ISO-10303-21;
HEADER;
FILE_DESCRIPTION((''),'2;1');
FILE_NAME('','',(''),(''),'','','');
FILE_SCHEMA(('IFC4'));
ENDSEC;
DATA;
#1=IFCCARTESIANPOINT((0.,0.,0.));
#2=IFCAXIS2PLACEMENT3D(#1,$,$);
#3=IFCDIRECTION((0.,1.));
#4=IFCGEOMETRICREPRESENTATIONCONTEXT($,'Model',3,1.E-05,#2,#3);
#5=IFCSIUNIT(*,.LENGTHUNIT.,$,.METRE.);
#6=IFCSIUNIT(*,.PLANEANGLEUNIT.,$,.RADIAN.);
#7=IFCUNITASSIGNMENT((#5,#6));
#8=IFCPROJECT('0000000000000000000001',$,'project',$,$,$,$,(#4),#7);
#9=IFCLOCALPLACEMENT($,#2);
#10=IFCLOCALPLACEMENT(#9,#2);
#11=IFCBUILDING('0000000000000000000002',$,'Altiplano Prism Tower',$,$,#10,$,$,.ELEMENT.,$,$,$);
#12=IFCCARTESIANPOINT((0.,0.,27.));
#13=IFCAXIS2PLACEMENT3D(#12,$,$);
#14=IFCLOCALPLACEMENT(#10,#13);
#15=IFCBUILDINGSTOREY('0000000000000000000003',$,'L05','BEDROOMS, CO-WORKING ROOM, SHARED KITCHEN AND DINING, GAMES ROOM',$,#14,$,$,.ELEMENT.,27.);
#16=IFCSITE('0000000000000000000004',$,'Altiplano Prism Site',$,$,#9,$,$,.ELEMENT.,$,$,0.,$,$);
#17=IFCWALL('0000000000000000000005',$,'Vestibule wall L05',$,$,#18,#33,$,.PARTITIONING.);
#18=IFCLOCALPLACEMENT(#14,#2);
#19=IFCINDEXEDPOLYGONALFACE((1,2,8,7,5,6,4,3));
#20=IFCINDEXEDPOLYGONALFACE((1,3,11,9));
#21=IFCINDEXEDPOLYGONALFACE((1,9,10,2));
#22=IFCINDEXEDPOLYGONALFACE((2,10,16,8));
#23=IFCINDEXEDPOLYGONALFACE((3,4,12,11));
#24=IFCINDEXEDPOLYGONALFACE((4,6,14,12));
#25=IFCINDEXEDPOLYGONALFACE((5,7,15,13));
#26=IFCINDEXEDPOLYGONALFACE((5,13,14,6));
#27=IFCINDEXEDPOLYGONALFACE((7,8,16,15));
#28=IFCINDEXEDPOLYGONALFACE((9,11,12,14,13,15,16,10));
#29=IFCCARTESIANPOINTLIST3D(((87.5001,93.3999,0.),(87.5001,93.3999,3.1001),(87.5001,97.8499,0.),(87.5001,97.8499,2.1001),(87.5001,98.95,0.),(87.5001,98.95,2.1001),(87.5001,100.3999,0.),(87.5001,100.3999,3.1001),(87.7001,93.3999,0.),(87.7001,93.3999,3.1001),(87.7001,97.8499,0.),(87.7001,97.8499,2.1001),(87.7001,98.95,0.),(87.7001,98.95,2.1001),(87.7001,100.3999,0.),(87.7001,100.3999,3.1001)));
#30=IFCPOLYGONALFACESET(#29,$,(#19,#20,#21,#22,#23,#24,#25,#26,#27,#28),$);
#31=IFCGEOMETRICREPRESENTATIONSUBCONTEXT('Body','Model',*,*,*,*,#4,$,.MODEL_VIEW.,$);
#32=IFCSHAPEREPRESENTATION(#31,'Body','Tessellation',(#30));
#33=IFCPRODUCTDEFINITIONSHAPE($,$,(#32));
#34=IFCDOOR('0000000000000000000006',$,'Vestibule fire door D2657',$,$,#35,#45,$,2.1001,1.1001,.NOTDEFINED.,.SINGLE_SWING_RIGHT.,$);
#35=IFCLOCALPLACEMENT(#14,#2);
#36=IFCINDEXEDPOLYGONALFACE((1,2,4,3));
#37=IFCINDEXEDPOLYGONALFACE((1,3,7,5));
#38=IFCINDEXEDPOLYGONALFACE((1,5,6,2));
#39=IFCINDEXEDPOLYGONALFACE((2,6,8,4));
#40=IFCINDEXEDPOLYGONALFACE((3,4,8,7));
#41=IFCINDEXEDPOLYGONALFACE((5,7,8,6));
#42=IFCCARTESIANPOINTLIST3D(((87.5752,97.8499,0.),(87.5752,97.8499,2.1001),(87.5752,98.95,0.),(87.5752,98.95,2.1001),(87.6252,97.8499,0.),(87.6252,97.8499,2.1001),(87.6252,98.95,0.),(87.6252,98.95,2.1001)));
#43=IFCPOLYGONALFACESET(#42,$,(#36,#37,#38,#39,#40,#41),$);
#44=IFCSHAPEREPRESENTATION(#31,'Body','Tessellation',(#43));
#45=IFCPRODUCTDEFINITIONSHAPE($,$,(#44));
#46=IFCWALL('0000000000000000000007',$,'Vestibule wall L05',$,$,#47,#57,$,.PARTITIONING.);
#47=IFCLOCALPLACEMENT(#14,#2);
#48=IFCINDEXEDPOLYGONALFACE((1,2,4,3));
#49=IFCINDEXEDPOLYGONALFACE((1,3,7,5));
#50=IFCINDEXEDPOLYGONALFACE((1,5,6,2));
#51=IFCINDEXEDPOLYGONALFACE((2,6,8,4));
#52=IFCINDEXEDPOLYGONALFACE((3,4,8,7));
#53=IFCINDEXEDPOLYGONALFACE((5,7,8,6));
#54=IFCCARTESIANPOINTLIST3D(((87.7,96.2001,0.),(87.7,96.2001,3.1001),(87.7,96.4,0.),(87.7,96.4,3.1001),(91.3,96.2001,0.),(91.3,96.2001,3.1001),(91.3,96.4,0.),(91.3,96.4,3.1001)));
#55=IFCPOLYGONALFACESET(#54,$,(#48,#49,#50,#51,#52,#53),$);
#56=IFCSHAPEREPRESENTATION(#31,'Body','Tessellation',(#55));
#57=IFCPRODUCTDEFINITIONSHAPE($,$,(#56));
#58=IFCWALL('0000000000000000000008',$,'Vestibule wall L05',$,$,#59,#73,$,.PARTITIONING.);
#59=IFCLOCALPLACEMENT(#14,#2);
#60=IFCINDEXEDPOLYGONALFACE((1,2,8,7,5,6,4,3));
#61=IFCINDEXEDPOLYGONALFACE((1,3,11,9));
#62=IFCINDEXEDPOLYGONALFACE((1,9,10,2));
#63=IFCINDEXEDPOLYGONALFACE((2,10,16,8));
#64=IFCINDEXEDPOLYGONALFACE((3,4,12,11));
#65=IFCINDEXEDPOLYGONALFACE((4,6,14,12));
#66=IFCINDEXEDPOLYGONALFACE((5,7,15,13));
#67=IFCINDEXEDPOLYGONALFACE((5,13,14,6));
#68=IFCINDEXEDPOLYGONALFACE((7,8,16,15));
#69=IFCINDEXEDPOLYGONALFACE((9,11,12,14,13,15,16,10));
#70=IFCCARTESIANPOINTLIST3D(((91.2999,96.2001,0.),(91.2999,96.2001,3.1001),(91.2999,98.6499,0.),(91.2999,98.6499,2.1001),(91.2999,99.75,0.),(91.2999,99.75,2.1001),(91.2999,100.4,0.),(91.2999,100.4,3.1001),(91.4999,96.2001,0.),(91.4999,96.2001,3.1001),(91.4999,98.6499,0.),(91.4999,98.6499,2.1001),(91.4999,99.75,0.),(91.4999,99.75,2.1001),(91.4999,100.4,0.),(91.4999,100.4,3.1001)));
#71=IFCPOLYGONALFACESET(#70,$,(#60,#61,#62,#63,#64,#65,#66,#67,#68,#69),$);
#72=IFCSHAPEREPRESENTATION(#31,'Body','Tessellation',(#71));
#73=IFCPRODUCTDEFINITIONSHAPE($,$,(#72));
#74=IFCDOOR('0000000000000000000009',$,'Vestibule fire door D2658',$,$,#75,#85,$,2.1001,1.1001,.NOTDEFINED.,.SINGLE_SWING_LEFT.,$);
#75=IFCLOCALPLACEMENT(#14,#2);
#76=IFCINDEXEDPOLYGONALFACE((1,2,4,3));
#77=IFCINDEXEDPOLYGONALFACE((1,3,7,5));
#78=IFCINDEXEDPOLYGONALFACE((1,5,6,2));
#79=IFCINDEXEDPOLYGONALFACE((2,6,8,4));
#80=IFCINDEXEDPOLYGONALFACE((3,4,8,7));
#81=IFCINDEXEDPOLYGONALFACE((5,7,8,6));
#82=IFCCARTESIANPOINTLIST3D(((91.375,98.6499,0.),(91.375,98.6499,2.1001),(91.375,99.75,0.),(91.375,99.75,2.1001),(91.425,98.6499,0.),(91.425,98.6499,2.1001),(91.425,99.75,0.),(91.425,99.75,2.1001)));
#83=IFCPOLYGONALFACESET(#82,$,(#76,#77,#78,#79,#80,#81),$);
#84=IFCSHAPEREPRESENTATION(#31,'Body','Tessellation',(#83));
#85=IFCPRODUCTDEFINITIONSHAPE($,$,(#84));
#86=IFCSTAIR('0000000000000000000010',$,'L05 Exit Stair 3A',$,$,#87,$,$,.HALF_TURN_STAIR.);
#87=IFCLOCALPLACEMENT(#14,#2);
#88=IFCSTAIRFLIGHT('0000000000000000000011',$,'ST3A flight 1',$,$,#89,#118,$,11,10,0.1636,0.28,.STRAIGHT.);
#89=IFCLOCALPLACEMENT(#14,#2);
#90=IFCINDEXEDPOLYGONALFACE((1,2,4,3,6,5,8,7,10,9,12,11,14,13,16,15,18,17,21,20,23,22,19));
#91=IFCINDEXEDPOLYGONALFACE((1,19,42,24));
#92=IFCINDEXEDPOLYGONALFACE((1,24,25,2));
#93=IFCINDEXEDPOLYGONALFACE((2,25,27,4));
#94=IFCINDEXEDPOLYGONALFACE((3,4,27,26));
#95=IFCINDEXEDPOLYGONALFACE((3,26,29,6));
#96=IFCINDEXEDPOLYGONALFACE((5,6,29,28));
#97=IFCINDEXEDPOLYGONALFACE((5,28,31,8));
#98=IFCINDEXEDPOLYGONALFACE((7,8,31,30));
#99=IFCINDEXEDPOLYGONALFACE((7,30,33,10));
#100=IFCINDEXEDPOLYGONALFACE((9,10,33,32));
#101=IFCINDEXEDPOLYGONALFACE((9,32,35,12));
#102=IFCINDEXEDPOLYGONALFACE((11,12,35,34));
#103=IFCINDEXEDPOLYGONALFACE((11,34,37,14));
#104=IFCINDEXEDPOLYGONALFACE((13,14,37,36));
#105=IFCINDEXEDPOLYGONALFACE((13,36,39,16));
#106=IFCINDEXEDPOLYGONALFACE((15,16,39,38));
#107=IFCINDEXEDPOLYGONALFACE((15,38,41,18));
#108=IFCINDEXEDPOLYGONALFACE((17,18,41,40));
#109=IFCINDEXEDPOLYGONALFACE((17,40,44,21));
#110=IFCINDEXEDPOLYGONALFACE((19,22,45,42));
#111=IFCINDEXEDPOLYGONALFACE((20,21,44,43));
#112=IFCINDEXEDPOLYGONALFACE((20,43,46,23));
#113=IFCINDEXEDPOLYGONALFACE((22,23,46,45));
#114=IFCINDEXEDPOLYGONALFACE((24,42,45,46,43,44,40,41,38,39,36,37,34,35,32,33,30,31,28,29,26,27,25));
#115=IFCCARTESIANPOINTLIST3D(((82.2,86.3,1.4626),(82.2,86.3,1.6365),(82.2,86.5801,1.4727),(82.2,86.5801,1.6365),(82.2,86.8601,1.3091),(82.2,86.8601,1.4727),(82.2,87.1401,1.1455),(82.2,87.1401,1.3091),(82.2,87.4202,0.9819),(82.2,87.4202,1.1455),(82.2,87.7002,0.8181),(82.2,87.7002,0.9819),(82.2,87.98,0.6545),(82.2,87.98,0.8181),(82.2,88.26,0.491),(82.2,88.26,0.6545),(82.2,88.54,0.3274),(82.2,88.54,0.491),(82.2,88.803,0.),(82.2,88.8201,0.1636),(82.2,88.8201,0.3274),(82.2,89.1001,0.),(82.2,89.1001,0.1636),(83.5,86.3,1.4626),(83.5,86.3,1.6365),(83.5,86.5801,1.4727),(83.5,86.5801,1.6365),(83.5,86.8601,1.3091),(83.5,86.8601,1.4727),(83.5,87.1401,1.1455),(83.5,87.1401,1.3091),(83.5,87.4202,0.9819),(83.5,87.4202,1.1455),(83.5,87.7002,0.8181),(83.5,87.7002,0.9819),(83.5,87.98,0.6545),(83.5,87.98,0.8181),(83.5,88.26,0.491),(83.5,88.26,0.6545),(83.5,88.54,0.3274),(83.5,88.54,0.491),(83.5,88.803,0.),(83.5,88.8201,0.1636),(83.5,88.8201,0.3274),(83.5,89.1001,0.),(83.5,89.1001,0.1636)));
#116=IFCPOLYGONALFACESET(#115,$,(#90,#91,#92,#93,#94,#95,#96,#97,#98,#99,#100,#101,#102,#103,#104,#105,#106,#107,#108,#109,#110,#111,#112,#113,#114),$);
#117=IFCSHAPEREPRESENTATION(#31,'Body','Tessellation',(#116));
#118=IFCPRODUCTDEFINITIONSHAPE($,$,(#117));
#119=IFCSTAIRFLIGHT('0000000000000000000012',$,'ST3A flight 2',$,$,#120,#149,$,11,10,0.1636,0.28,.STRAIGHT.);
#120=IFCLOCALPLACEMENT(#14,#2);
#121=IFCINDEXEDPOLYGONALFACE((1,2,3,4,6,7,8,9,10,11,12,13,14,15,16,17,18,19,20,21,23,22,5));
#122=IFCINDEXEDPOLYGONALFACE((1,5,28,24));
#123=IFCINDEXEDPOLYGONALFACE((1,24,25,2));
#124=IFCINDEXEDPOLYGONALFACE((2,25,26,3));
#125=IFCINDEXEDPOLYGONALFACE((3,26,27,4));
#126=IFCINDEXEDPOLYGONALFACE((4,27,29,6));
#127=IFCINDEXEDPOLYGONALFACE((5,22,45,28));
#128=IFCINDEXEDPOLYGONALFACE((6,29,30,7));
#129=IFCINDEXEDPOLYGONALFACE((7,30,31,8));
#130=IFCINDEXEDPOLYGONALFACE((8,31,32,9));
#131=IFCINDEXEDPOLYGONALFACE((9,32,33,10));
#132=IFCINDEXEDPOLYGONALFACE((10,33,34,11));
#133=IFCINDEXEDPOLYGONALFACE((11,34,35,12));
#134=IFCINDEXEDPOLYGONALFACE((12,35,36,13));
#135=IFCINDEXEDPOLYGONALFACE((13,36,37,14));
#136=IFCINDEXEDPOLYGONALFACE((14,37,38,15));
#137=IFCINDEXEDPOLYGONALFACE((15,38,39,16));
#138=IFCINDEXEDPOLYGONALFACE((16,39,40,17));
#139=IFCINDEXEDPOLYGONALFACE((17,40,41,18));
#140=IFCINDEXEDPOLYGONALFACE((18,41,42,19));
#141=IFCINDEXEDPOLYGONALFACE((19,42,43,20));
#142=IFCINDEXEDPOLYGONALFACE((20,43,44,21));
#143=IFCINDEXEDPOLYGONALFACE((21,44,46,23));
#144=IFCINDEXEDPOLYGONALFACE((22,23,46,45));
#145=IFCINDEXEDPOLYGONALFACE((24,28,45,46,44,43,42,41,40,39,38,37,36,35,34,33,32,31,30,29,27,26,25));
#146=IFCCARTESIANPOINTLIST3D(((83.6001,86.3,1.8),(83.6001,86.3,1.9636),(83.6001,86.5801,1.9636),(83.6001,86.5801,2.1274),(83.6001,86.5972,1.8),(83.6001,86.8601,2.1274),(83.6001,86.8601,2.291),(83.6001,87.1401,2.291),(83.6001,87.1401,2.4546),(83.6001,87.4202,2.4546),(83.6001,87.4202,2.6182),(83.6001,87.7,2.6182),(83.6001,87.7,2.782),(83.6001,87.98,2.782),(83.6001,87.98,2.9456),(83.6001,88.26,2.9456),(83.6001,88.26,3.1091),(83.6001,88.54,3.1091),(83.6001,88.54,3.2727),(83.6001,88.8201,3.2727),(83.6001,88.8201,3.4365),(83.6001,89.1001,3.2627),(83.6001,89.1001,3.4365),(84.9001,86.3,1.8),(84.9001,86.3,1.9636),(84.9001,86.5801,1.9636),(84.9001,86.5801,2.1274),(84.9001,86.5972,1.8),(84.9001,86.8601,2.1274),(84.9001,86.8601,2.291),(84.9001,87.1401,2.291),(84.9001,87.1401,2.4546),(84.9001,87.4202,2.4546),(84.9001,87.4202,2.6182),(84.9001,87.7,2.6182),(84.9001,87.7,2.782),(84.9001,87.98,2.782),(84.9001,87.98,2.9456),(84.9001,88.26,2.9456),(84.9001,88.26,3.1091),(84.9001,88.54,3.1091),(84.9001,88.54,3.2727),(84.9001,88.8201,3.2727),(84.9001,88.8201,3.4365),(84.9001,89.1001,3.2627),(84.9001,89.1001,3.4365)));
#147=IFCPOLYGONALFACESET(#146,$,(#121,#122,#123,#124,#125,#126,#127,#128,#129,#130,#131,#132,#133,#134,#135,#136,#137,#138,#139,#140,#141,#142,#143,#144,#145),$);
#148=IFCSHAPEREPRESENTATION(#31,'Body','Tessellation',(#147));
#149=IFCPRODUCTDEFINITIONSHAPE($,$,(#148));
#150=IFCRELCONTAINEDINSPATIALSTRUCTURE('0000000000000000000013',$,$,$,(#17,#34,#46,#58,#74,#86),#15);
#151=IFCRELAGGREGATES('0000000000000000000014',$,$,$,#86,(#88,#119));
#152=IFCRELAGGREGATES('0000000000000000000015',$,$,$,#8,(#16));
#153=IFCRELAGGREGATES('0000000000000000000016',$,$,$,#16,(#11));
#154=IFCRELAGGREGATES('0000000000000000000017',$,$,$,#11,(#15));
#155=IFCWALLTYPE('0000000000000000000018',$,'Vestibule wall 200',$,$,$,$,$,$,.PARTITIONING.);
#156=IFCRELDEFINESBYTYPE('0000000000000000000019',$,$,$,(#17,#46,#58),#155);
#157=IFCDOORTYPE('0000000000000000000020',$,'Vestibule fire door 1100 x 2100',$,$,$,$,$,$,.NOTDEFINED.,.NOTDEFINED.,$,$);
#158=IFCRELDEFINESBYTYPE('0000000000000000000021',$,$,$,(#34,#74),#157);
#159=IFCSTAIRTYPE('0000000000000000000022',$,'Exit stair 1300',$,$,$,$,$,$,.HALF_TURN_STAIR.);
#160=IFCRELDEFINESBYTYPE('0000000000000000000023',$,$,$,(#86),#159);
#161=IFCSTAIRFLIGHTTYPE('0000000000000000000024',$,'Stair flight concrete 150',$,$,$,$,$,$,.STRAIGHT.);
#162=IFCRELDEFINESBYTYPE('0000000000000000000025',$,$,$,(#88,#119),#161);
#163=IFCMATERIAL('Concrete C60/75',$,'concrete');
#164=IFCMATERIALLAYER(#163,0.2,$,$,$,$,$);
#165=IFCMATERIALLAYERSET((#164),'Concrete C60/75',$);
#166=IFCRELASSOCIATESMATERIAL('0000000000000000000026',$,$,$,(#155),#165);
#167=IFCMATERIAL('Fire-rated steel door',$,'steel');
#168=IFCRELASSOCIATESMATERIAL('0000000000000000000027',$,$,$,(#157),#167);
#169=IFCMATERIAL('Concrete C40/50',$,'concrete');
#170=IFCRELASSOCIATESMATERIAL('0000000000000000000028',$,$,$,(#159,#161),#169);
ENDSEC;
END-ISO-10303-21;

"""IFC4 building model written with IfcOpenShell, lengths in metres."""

from ifc_helpers import new_model, si_unit, direction, frame, frame_2d, origin, place, context, subcontext, project, spatial, polyline, rectangle, outline, extrude, material, layer, layer_set, type_object, element, fill, aggregate, save


model = new_model("IFC4")

# Units and contexts
model_context = context("Model", 3, precision=1e-05, world=origin(), true_north=direction((0.0, 1.0)))
body_context = subcontext(model_context, "Body", "Model", "MODEL_VIEW")
ifc_project = project(units=[si_unit("LENGTHUNIT", "METRE"), si_unit("PLANEANGLEUNIT", "RADIAN")], contexts=[model_context])

# Site, building, storey
site_placement = place(None, origin())
site = spatial("IfcSite", under=ifc_project, at=site_placement, Name="Altiplano Prism Site", CompositionType="ELEMENT", RefElevation=0.0)
building_placement = place(site_placement, origin())
building = spatial("IfcBuilding", under=site, at=building_placement, Name="Altiplano Prism Tower", CompositionType="ELEMENT")
storey_placement = place(building_placement, frame((0.0, 0.0, 27.0)))
storey = spatial("IfcBuildingStorey", under=building, at=storey_placement, Name="L05", Description="BEDROOMS, CO-WORKING ROOM, SHARED KITCHEN AND DINING, GAMES ROOM", CompositionType="ELEMENT", Elevation=27.0)

# Shared definitions
ifc_material_1 = material(Name="Concrete C60/75", Category="concrete")

# Shared definitions
ifc_material_2 = material(Name="Fire-rated steel door", Category="steel")

# Wall, opening, door
ifc_layer_1 = layer(ifc_material_1, 0.2)
ifc_layer_set_1 = layer_set([ifc_layer_1], Name="Concrete C60/75")
wall_type_1 = type_object("IfcWallType", Name="Vestibule wall 200", PredefinedType="PARTITIONING", material=ifc_layer_set_1)
wall_1_placement = place(storey_placement, frame((87.6001, 93.3999, 0.0), z_axis=(0.0, 0.0, 1.0), x_axis=(0.0, 1.0, 0.0)))
wall_1 = element("IfcWall", 1, at=wall_1_placement, inside=storey, type_object=wall_type_1, Name="Vestibule wall L05", PredefinedType="PARTITIONING", context=body_context, shape_type="SweptSolid", body=[
    extrude(rectangle(XDim=7.0, YDim=0.2, at=frame_2d((3.5, 0.0))), origin(), (0.0, 0.0, 1.0), 3.1001),
])
opening_1_placement = place(wall_1_placement, frame((4.45, 0.0, 0.0)))
opening_1 = element("IfcOpeningElement", 2, at=opening_1_placement, cuts=wall_1, PredefinedType="OPENING", context=body_context, shape_type="SweptSolid", body=[
    extrude(rectangle(XDim=1.1001, YDim=2.1001, at=frame_2d((0.55, 1.05))), frame((0.0, 0.1104, 0.0), z_axis=(0.0, -1.0, 0.0), x_axis=(1.0, 0.0, 0.0)), (0.0, 0.0, 1.0), 0.2209),
])
door_type_1 = type_object("IfcDoorType", Name="Vestibule fire door 1100 x 2100", OperationType="NOTDEFINED", PredefinedType="NOTDEFINED", material=ifc_material_2)
door_1_placement = place(opening_1_placement, origin())
door_1 = element("IfcDoor", 3, at=door_1_placement, inside=storey, type_object=door_type_1, Name="Vestibule fire door D2657", OperationType="SINGLE_SWING_RIGHT", OverallHeight=2.1001, OverallWidth=1.1001, PredefinedType="NOTDEFINED", context=body_context, shape_type="SweptSolid", body=[
    extrude(rectangle(XDim=1.1001, YDim=2.1001, at=frame_2d((0.55, 1.05))), frame((0.0, 0.0249, 0.0), z_axis=(0.0, -1.0, 0.0), x_axis=(1.0, 0.0, 0.0)), (0.0, 0.0, 1.0), 0.05),
])
fill(opening_1, door_1)

# Wall
wall_2_placement = place(storey_placement, frame((87.7, 96.3, 0.0), z_axis=(0.0, 0.0, 1.0), x_axis=(1.0, 0.0, 0.0)))
element("IfcWall", 4, at=wall_2_placement, inside=storey, type_object=wall_type_1, Name="Vestibule wall L05", PredefinedType="PARTITIONING", context=body_context, shape_type="SweptSolid", body=[
    extrude(rectangle(XDim=3.6001, YDim=0.2, at=frame_2d((1.8, 0.0))), origin(), (0.0, 0.0, 1.0), 3.1001),
])

# Wall, opening, door
wall_3_placement = place(storey_placement, frame((91.3999, 96.2, 0.0), z_axis=(0.0, 0.0, 1.0), x_axis=(0.0, 1.0, 0.0)))
wall_3 = element("IfcWall", 5, at=wall_3_placement, inside=storey, type_object=wall_type_1, Name="Vestibule wall L05", PredefinedType="PARTITIONING", context=body_context, shape_type="SweptSolid", body=[
    extrude(rectangle(XDim=4.2, YDim=0.2, at=frame_2d((2.1001, 0.0))), origin(), (0.0, 0.0, 1.0), 3.1001),
])
opening_2_placement = place(wall_3_placement, frame((2.45, 0.0, 0.0)))
opening_2 = element("IfcOpeningElement", 6, at=opening_2_placement, cuts=wall_3, PredefinedType="OPENING", context=body_context, shape_type="SweptSolid", body=[
    extrude(rectangle(XDim=1.1001, YDim=2.1001, at=frame_2d((0.55, 1.05))), frame((0.0, 0.1104, 0.0), z_axis=(0.0, -1.0, 0.0), x_axis=(1.0, 0.0, 0.0)), (0.0, 0.0, 1.0), 0.2209),
])
door_2_placement = place(opening_2_placement, origin())
door_2 = element("IfcDoor", 7, at=door_2_placement, inside=storey, type_object=door_type_1, Name="Vestibule fire door D2658", OperationType="SINGLE_SWING_LEFT", OverallHeight=2.1001, OverallWidth=1.1001, PredefinedType="NOTDEFINED", context=body_context, shape_type="SweptSolid", body=[
    extrude(rectangle(XDim=1.1001, YDim=2.1001, at=frame_2d((0.55, 1.05))), frame((0.0, 0.0249, 0.0), z_axis=(0.0, -1.0, 0.0), x_axis=(1.0, 0.0, 0.0)), (0.0, 0.0, 1.0), 0.05),
])
fill(opening_2, door_2)

# Stair, stair flights
ifc_material_3 = material(Name="Concrete C40/50", Category="concrete")
stair_type = type_object("IfcStairType", Name="Exit stair 1300", PredefinedType="HALF_TURN_STAIR", material=ifc_material_3)
stair_1_placement = place(storey_placement, origin())
stair_1 = element("IfcStair", 8, at=stair_1_placement, inside=storey, type_object=stair_type, Name="L05 Exit Stair 3A", PredefinedType="HALF_TURN_STAIR")
stair_flight_type = type_object("IfcStairFlightType", Name="Stair flight concrete 150", PredefinedType="STRAIGHT", material=ifc_material_3)
stair_flight_1_placement = place(storey_placement, frame((82.8501, 89.1001, 0.0), z_axis=(0.0, 0.0, 1.0), x_axis=(0.0, -1.0, 0.0)))
stair_flight_1 = element("IfcStairFlight", 9, at=stair_flight_1_placement, type_object=stair_flight_type, Name="ST3A flight 1", NumberOfRisers=11, NumberOfTreads=10, PredefinedType="STRAIGHT", RiserHeight=0.1636, TreadLength=0.28, context=body_context, shape_type="SweptSolid", body=[
    extrude(outline(polyline([(0.0, 0.0), (0.0, 0.1636), (0.28, 0.1636), (0.28, 0.3274), (0.5601, 0.3274), (0.5601, 0.491), (0.8401, 0.491), (0.8401, 0.6545), (1.1201, 0.6545), (1.1201, 0.8181), (1.3999, 0.8181), (1.3999, 0.9819), (1.6799, 0.9819), (1.6799, 1.1455), (1.96, 1.1455), (1.96, 1.3091), (2.24, 1.3091), (2.24, 1.4727), (2.52, 1.4727), (2.52, 1.6365), (2.8, 1.6365), (2.8, 1.8), (2.8, 1.4626), (0.2971, 0.0), (0.0, 0.0)])), frame((0.0, 0.6499, 0.0), z_axis=(0.0, -1.0, 0.0), x_axis=(1.0, 0.0, 0.0)), (0.0, 0.0, 1.0), 1.3),
])
stair_flight_2_placement = place(storey_placement, frame((84.25, 86.3, 1.8), z_axis=(0.0, 0.0, 1.0), x_axis=(0.0, 1.0, 0.0)))
stair_flight_2 = element("IfcStairFlight", 10, at=stair_flight_2_placement, type_object=stair_flight_type, Name="ST3A flight 2", NumberOfRisers=11, NumberOfTreads=10, PredefinedType="STRAIGHT", RiserHeight=0.1636, TreadLength=0.28, context=body_context, shape_type="SweptSolid", body=[
    extrude(outline(polyline([(0.0, 0.0), (0.0, 0.1636), (0.28, 0.1636), (0.28, 0.3274), (0.5601, 0.3274), (0.5601, 0.491), (0.8401, 0.491), (0.8401, 0.6545), (1.1201, 0.6545), (1.1201, 0.8181), (1.3999, 0.8181), (1.3999, 0.9819), (1.6799, 0.9819), (1.6799, 1.1455), (1.96, 1.1455), (1.96, 1.3091), (2.24, 1.3091), (2.24, 1.4727), (2.52, 1.4727), (2.52, 1.6365), (2.8, 1.6365), (2.8, 1.8), (2.8, 1.4626), (0.2971, 0.0), (0.0, 0.0)])), frame((0.0, 0.6499, 0.0), z_axis=(0.0, -1.0, 0.0), x_axis=(1.0, 0.0, 0.0)), (0.0, 0.0, 1.0), 1.3),
])
aggregate(stair_1, [stair_flight_1, stair_flight_2])

save(model, "model.ifc")
